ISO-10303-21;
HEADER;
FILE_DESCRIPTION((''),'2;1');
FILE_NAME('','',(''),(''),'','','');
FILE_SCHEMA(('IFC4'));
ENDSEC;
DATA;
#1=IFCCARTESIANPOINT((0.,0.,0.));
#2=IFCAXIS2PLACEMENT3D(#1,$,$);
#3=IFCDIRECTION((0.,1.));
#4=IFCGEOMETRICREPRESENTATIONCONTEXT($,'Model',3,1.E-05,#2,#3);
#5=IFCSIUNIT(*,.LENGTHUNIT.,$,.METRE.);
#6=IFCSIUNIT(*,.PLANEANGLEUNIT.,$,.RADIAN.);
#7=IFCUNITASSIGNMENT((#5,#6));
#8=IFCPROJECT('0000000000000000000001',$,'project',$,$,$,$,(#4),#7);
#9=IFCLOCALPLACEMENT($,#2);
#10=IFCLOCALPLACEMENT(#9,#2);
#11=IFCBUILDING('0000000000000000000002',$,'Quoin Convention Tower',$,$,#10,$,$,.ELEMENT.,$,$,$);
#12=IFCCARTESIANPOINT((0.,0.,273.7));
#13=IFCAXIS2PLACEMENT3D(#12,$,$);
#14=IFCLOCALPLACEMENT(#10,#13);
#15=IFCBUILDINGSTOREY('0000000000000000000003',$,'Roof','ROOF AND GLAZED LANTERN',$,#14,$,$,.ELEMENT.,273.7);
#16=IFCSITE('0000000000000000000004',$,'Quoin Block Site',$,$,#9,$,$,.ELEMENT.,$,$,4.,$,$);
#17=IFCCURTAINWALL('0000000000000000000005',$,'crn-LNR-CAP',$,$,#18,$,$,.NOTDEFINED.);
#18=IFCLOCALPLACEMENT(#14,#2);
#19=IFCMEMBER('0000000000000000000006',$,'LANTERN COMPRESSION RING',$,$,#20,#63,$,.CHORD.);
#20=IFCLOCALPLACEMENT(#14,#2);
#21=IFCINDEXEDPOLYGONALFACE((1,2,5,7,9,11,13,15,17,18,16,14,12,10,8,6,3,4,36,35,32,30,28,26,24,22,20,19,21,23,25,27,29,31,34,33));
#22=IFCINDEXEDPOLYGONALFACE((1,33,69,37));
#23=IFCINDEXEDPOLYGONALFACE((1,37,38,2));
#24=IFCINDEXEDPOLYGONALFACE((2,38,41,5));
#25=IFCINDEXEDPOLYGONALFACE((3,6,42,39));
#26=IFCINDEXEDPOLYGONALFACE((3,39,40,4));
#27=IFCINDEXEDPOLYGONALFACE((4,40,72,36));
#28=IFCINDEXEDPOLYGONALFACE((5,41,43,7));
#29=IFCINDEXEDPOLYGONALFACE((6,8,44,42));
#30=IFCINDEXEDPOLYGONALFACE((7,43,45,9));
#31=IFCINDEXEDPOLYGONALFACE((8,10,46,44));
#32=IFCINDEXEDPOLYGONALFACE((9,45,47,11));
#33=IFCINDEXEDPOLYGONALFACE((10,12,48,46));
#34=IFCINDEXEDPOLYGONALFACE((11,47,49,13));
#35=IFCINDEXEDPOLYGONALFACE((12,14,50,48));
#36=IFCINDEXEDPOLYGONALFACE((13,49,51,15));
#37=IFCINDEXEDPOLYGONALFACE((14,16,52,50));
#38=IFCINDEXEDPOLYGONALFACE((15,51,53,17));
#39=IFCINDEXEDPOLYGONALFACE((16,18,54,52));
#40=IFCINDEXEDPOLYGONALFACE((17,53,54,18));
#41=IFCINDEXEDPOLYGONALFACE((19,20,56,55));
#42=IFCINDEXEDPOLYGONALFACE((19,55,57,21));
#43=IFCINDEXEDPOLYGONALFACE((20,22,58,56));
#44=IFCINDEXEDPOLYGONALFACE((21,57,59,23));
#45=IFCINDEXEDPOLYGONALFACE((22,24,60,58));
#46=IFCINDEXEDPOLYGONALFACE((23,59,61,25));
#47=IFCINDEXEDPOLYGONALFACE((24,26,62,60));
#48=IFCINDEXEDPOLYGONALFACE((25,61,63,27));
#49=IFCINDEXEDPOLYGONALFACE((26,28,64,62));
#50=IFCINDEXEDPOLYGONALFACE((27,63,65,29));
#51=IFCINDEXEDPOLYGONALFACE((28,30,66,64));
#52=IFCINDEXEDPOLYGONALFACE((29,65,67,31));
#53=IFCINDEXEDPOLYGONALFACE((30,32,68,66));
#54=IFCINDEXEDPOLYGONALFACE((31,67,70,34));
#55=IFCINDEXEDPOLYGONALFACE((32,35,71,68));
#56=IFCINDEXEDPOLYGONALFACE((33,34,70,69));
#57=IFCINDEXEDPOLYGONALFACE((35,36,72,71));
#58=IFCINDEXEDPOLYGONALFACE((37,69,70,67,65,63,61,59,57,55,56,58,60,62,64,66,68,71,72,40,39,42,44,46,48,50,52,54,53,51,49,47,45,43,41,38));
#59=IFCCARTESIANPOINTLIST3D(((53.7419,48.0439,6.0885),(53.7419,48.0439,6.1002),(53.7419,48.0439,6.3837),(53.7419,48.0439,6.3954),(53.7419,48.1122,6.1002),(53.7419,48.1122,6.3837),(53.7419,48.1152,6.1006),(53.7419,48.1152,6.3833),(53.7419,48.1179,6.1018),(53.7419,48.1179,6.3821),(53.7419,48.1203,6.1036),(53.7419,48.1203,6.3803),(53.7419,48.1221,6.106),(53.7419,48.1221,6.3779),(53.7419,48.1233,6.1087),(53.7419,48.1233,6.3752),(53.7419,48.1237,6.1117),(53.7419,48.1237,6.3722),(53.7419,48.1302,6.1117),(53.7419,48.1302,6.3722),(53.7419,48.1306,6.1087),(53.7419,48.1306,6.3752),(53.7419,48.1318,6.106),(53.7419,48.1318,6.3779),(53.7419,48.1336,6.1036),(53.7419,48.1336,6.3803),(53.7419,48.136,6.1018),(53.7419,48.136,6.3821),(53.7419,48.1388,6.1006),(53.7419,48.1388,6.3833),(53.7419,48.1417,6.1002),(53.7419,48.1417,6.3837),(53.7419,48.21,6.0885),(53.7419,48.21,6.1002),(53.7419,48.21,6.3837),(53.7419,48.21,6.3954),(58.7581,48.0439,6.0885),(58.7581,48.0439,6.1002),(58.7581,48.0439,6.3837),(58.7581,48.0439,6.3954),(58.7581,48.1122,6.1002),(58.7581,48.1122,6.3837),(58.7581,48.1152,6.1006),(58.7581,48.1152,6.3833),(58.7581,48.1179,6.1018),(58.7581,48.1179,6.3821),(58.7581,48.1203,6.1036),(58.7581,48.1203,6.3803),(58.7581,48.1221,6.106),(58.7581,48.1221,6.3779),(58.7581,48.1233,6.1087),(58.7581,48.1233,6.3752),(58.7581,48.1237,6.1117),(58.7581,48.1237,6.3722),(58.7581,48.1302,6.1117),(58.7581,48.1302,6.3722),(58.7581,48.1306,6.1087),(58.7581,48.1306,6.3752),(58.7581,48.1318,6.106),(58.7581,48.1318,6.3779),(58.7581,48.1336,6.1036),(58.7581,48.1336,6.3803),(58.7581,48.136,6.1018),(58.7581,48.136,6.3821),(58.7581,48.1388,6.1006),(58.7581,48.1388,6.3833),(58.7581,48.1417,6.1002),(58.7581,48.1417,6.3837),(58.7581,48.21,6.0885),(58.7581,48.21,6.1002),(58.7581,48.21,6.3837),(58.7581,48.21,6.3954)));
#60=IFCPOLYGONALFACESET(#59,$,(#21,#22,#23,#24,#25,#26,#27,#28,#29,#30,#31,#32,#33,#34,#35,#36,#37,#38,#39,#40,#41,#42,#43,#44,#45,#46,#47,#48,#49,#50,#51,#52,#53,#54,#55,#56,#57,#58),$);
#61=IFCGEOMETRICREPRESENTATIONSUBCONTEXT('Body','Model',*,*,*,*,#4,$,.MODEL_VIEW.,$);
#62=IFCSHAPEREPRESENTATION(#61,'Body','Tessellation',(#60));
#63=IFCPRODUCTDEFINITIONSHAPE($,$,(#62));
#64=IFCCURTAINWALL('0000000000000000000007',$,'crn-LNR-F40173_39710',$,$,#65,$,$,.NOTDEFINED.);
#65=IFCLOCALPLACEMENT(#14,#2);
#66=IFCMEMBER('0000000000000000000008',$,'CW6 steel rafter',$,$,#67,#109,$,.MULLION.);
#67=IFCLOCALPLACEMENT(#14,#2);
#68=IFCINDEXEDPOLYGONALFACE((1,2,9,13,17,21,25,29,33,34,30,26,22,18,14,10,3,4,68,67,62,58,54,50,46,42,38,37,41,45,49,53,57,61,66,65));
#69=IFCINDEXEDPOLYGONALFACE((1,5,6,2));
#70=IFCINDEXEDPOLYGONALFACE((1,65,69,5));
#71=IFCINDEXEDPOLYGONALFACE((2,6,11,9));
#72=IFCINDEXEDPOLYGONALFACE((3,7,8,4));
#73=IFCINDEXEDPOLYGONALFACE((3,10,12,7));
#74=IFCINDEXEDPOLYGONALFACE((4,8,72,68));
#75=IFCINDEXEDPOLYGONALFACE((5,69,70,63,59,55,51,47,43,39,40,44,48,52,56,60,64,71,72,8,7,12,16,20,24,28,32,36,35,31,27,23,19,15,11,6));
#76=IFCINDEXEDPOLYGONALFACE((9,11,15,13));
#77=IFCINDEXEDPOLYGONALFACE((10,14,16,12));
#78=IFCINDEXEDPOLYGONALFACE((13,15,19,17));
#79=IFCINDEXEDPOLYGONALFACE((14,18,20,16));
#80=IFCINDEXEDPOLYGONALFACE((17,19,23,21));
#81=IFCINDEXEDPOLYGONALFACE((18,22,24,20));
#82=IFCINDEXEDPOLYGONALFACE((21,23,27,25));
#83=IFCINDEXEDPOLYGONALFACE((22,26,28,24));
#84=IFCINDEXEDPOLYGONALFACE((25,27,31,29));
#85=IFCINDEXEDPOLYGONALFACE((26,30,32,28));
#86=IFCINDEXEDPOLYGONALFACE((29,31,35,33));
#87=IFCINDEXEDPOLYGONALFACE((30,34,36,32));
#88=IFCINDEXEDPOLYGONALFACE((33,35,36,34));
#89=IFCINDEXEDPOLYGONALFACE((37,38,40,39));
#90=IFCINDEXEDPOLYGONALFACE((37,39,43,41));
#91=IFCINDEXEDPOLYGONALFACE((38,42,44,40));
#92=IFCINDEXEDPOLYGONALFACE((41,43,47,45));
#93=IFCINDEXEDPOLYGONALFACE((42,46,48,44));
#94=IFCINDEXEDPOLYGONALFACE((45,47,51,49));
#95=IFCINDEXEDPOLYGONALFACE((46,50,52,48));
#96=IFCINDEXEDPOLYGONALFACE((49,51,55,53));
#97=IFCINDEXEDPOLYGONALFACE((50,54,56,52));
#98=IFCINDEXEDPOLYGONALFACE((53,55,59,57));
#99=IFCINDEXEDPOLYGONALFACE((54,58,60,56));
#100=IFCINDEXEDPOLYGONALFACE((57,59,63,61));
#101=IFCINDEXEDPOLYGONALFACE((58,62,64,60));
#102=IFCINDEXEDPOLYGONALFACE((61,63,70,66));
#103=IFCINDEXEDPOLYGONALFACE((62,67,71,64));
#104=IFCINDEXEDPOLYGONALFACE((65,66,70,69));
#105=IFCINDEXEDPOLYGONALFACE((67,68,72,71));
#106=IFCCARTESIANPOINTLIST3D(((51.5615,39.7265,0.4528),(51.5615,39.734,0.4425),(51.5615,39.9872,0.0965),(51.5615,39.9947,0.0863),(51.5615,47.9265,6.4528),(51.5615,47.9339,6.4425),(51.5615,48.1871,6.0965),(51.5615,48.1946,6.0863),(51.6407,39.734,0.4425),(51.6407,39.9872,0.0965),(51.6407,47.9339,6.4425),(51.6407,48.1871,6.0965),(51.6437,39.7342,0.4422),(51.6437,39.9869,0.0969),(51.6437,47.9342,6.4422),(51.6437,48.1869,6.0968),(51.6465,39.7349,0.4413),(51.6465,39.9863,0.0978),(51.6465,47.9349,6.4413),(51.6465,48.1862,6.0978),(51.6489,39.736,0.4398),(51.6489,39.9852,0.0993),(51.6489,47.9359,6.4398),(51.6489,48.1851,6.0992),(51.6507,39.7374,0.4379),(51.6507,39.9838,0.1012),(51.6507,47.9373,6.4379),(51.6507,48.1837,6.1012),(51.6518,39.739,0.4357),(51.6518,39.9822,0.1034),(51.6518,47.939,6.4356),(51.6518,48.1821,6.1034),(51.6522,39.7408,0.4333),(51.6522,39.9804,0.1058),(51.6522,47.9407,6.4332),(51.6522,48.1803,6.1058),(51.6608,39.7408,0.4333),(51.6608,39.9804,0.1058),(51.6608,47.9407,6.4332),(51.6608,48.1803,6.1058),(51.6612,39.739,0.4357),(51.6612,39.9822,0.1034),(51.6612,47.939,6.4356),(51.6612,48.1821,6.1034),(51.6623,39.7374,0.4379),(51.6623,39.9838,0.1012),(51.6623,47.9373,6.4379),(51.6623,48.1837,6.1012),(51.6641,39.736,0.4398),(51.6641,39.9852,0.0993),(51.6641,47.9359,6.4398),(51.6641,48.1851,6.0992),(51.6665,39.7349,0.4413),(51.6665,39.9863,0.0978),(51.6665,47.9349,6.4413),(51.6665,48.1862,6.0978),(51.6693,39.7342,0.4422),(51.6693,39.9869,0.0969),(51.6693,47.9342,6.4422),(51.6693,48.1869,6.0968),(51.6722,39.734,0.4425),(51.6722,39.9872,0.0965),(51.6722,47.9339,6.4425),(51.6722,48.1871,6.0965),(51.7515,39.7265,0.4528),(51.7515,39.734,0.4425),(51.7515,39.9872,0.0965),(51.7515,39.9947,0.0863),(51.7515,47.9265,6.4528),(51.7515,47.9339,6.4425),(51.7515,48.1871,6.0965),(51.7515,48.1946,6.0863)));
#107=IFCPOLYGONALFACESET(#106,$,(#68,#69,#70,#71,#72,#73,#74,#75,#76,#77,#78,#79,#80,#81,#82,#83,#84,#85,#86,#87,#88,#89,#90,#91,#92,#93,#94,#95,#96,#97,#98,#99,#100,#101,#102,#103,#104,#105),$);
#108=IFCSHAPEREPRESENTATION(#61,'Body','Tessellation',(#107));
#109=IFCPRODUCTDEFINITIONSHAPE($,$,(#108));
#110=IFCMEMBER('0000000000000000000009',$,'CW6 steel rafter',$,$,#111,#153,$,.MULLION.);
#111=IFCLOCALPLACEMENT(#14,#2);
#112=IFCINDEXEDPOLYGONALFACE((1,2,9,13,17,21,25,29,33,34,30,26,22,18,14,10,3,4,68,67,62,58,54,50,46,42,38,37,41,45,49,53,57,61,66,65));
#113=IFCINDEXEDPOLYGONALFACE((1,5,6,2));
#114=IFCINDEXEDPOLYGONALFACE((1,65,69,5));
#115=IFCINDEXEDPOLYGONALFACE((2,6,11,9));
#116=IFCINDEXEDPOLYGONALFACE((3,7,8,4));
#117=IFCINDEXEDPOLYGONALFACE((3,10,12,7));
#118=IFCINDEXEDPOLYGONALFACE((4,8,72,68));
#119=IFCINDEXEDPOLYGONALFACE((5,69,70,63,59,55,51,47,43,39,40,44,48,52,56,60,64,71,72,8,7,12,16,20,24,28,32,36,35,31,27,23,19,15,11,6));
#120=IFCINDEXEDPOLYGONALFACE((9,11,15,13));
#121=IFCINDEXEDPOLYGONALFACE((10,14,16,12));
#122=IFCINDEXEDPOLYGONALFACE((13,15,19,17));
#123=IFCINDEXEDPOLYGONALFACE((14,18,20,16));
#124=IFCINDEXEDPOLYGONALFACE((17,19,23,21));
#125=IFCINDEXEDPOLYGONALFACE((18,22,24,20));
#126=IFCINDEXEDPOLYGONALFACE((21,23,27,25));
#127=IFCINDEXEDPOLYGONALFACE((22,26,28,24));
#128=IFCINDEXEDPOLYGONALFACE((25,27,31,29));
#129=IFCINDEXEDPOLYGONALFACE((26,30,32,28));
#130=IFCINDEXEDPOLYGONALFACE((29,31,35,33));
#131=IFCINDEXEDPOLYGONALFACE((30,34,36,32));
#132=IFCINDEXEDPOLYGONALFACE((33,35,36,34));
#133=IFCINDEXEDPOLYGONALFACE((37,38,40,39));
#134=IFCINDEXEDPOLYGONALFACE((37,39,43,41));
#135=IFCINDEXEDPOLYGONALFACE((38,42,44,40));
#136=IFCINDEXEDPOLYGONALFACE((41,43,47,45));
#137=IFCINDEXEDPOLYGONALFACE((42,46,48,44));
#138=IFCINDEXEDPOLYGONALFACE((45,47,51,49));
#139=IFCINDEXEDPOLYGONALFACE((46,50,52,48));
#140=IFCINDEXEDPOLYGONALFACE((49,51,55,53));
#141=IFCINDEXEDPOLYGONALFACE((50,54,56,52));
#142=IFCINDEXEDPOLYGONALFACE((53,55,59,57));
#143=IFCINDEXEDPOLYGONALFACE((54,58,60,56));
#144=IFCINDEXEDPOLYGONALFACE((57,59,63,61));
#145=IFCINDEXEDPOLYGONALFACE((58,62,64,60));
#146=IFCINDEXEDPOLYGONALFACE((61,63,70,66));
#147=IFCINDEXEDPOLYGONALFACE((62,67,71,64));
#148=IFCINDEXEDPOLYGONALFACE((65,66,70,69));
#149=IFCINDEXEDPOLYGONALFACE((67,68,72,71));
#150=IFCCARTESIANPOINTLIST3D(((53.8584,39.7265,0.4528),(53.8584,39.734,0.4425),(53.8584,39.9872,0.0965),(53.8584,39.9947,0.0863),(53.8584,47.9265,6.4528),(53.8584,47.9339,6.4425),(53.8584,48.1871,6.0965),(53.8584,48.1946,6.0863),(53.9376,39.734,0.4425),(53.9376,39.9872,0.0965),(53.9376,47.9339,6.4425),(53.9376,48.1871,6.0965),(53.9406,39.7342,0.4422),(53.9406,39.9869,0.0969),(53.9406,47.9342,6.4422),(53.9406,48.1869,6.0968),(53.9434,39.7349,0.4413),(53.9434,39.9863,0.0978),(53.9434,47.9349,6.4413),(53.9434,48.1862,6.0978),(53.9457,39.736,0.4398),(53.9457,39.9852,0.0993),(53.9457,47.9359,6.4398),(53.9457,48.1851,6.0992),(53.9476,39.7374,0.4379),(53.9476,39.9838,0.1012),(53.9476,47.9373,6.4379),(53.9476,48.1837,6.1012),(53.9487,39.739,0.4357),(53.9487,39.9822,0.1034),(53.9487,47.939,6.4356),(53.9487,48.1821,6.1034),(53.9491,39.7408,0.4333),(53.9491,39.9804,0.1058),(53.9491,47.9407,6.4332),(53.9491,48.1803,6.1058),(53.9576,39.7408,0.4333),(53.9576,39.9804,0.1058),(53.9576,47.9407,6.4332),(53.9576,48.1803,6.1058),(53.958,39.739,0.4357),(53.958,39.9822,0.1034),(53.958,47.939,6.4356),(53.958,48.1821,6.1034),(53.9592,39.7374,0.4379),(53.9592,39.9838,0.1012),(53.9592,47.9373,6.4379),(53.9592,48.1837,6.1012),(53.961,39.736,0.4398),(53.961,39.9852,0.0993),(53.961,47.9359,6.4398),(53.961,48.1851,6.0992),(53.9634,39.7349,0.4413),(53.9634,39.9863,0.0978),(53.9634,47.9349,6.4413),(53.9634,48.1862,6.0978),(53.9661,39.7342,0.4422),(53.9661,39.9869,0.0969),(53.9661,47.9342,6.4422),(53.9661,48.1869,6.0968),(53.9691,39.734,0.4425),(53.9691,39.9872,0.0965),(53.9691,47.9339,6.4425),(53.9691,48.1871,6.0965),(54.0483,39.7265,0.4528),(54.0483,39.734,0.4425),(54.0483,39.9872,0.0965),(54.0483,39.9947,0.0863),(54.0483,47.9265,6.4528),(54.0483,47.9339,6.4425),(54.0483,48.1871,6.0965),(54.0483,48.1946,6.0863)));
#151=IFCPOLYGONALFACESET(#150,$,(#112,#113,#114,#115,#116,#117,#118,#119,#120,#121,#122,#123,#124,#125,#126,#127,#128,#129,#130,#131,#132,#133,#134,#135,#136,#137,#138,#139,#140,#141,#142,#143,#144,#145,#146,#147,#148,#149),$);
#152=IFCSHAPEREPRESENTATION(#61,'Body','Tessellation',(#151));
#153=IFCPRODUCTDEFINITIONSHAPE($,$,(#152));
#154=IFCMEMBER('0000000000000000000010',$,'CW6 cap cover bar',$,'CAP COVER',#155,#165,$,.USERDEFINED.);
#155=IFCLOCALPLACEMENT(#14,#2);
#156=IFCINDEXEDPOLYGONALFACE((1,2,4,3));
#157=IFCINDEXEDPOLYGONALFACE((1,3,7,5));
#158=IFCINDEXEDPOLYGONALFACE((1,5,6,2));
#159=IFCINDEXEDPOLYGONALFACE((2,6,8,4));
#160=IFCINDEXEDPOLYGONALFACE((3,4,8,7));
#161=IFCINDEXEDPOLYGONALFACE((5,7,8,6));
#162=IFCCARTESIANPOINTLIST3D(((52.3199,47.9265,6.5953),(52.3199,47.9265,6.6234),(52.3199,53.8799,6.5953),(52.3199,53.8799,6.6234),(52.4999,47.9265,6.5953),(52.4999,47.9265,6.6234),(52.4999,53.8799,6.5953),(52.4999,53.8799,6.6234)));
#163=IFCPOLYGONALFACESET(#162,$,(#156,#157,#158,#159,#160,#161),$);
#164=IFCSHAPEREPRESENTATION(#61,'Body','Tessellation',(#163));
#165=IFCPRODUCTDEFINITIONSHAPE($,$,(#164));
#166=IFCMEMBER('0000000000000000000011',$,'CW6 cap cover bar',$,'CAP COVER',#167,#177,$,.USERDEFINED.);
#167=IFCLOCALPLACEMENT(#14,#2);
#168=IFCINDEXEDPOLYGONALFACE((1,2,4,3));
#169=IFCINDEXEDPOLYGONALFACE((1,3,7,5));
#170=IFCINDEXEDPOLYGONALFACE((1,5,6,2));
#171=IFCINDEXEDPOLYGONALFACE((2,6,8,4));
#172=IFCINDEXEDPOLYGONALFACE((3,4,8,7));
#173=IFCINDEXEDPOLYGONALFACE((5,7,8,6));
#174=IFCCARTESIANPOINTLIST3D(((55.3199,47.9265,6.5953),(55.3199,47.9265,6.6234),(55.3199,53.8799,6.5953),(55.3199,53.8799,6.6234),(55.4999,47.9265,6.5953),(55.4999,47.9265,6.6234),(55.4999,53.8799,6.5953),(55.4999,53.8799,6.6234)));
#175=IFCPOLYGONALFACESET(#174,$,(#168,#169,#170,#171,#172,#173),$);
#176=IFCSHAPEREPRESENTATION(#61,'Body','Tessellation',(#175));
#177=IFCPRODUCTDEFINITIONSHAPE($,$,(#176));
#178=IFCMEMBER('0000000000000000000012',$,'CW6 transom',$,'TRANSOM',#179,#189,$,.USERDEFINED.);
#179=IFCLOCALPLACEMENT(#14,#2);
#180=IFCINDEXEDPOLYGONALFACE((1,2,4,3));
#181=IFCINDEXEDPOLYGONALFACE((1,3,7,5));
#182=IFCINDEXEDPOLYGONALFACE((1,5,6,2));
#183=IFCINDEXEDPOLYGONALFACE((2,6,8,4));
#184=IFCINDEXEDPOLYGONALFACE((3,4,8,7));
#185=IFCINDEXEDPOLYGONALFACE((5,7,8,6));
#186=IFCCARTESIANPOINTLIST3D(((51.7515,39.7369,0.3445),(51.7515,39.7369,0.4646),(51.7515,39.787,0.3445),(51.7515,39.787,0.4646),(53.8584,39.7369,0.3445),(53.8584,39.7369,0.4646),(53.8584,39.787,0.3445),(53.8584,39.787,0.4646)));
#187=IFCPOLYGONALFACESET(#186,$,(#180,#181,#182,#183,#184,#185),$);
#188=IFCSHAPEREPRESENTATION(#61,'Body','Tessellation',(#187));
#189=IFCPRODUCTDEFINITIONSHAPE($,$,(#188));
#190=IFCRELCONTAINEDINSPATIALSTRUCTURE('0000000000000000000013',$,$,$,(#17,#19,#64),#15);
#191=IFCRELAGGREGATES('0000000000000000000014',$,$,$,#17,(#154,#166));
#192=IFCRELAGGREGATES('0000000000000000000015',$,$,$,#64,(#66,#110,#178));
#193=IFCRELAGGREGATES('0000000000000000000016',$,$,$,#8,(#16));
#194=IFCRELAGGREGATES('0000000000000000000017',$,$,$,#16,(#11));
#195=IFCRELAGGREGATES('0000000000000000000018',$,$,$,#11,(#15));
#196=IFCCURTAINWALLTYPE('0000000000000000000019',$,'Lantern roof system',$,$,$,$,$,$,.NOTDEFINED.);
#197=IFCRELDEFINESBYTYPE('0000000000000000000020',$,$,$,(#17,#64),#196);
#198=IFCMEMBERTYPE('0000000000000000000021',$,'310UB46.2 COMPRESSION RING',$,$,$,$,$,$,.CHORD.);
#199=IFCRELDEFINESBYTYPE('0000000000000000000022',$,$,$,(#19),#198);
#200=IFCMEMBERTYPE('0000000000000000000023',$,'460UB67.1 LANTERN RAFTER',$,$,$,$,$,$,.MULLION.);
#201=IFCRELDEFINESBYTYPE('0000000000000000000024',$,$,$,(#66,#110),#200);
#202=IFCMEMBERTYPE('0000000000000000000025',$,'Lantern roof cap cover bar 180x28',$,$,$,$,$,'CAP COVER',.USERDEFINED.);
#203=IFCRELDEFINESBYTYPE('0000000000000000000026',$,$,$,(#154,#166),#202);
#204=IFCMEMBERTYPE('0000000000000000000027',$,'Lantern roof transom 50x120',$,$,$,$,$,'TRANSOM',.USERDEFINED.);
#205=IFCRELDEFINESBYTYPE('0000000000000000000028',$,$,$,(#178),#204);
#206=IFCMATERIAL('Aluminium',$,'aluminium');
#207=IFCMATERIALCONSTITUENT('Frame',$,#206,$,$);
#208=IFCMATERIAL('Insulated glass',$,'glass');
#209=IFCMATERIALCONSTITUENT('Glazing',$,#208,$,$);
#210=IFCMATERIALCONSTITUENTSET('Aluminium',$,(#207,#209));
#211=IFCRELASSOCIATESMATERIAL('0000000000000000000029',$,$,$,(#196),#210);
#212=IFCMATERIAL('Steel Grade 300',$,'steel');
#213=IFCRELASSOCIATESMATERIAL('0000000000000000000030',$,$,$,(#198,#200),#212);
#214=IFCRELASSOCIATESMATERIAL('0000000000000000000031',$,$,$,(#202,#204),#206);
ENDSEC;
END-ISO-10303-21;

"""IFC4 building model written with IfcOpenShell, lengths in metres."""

from ifc_helpers import new_model, si_unit, direction, frame, origin, origin_2d, place, context, subcontext, project, spatial, rectangle, i_section, extrude, material, constituent, constituent_set, material_profile, profile_set, type_object, element, aggregate, save


model = new_model("IFC4")

# Units and contexts
model_context = context("Model", 3, precision=1e-05, world=origin(), true_north=direction((0.0, 1.0)))
body_context = subcontext(model_context, "Body", "Model", "MODEL_VIEW")
ifc_project = project(units=[si_unit("LENGTHUNIT", "METRE"), si_unit("PLANEANGLEUNIT", "RADIAN")], contexts=[model_context])

# Site, building, storey
site_placement = place(None, origin())
site = spatial("IfcSite", under=ifc_project, at=site_placement, Name="Quoin Block Site", CompositionType="ELEMENT", RefElevation=4.0)
building_placement = place(site_placement, origin())
building = spatial("IfcBuilding", under=site, at=building_placement, Name="Quoin Convention Tower", CompositionType="ELEMENT")
storey_placement = place(building_placement, frame((0.0, 0.0, 273.7)))
storey = spatial("IfcBuildingStorey", under=building, at=storey_placement, Name="Roof", Description="ROOF AND GLAZED LANTERN", CompositionType="ELEMENT", Elevation=273.7)

# Curtain wall
ifc_material_1 = material(Name="Aluminium", Category="aluminium")
ifc_constituent_1 = constituent(ifc_material_1, Name="Frame")
ifc_material_2 = material(Name="Insulated glass", Category="glass")
ifc_constituent_2 = constituent(ifc_material_2, Name="Glazing")
ifc_constituent_set = constituent_set(constituents=[ifc_constituent_1, ifc_constituent_2], Name="Aluminium")
curtain_wall_type = type_object("IfcCurtainWallType", Name="Lantern roof system", PredefinedType="NOTDEFINED", material=ifc_constituent_set)
curtain_wall_1_placement = place(storey_placement, origin())
curtain_wall_1 = element("IfcCurtainWall", 1, at=curtain_wall_1_placement, inside=storey, type_object=curtain_wall_type, Name="crn-LNR-CAP", PredefinedType="NOTDEFINED")

# Member
ifc_material_3 = material(Name="Steel Grade 300", Category="steel")
ifc_material_profile_1 = material_profile(ifc_material_3, i_section(OverallWidth=0.166, OverallDepth=0.3069, WebThickness=0.0066, FlangeThickness=0.0117, FilletRadius=0.0115, at=origin_2d()), Name="310UB46.2")
ifc_profile_set_1 = profile_set([ifc_material_profile_1], Name="Steel Grade 300")
member_type_1 = type_object("IfcMemberType", Name="310UB46.2 COMPRESSION RING", PredefinedType="CHORD", material=ifc_profile_set_1)
member_1_placement = place(storey_placement, frame((53.7419, 48.127, 6.2419), z_axis=(1.0, 0.0, 0.0), x_axis=(0.0, 1.0, 0.0)))
element("IfcMember", 2, at=member_1_placement, inside=storey, type_object=member_type_1, Name="LANTERN COMPRESSION RING", PredefinedType="CHORD", context=body_context, shape_type="SweptSolid", body=[
    extrude(i_section(OverallWidth=0.166, OverallDepth=0.3069, WebThickness=0.0066, FlangeThickness=0.0117, FilletRadius=0.0115, at=origin_2d()), origin(), (0.0, 0.0, 1.0), 5.0161),
])

# Curtain wall, members
curtain_wall_2_placement = place(storey_placement, origin())
curtain_wall_2 = element("IfcCurtainWall", 3, at=curtain_wall_2_placement, inside=storey, type_object=curtain_wall_type, Name="crn-LNR-F40173_39710", PredefinedType="NOTDEFINED")
ifc_material_profile_2 = material_profile(ifc_material_3, i_section(OverallWidth=0.1899, OverallDepth=0.4541, WebThickness=0.0085, FlangeThickness=0.0127, FilletRadius=0.0115, at=origin_2d()), Name="460UB67.1")
ifc_profile_set_2 = profile_set([ifc_material_profile_2], Name="Steel Grade 300")
member_type_2 = type_object("IfcMemberType", Name="460UB67.1 LANTERN RAFTER", PredefinedType="MULLION", material=ifc_profile_set_2)
member_2_placement = place(storey_placement, frame((51.6565, 39.8606, 0.2695), z_axis=(0.0, 0.807029, 0.590512), x_axis=(-1.0, 0.0, 0.0)))
member_2 = element("IfcMember", 4, at=member_2_placement, type_object=member_type_2, Name="CW6 steel rafter", PredefinedType="MULLION", context=body_context, shape_type="SweptSolid", body=[
    extrude(i_section(OverallWidth=0.1899, OverallDepth=0.4541, WebThickness=0.0085, FlangeThickness=0.0127, FilletRadius=0.0115, at=origin_2d()), origin(), (0.0, 0.0, 1.0), 10.1606),
])
member_3_placement = place(storey_placement, frame((53.9534, 39.8606, 0.2695), z_axis=(0.0, 0.807029, 0.590512), x_axis=(-1.0, 0.0, 0.0)))
member_3 = element("IfcMember", 5, at=member_3_placement, type_object=member_type_2, Name="CW6 steel rafter", PredefinedType="MULLION", context=body_context, shape_type="SweptSolid", body=[
    extrude(i_section(OverallWidth=0.1899, OverallDepth=0.4541, WebThickness=0.0085, FlangeThickness=0.0127, FilletRadius=0.0115, at=origin_2d()), origin(), (0.0, 0.0, 1.0), 10.1606),
])

# Members
ifc_material_profile_3 = material_profile(ifc_material_1, rectangle(XDim=0.0281, YDim=0.1799, at=origin_2d()), Name="Lantern roof cap cover bar 180x28")
ifc_profile_set_3 = profile_set([ifc_material_profile_3], Name="Aluminium")
member_type_3 = type_object("IfcMemberType", Name="Lantern roof cap cover bar 180x28", ElementType="CAP COVER", PredefinedType="USERDEFINED", material=ifc_profile_set_3)
member_4_placement = place(storey_placement, frame((52.4099, 47.9265, 6.6094), z_axis=(0.0, 1.0, 0.0), x_axis=(0.0, 0.0, 1.0)))
member_4 = element("IfcMember", 6, at=member_4_placement, type_object=member_type_3, Name="CW6 cap cover bar", ObjectType="CAP COVER", PredefinedType="USERDEFINED", context=body_context, shape_type="SweptSolid", body=[
    extrude(rectangle(XDim=0.0281, YDim=0.1799, at=origin_2d()), origin(), (0.0, 0.0, 1.0), 5.9534),
])
member_5_placement = place(storey_placement, frame((55.4099, 47.9265, 6.6094), z_axis=(0.0, 1.0, 0.0), x_axis=(0.0, 0.0, 1.0)))
member_5 = element("IfcMember", 7, at=member_5_placement, type_object=member_type_3, Name="CW6 cap cover bar", ObjectType="CAP COVER", PredefinedType="USERDEFINED", context=body_context, shape_type="SweptSolid", body=[
    extrude(rectangle(XDim=0.0281, YDim=0.1799, at=origin_2d()), origin(), (0.0, 0.0, 1.0), 5.9534),
])
aggregate(curtain_wall_1, [member_4, member_5])
ifc_material_profile_4 = material_profile(ifc_material_1, rectangle(XDim=0.1201, YDim=0.05, at=origin_2d()), Name="Lantern roof transom 50x120")
ifc_profile_set_4 = profile_set([ifc_material_profile_4], Name="Aluminium")
member_type_4 = type_object("IfcMemberType", Name="Lantern roof transom 50x120", ElementType="TRANSOM", PredefinedType="USERDEFINED", material=ifc_profile_set_4)
member_6_placement = place(storey_placement, frame((51.7515, 39.762, 0.4045), z_axis=(1.0, 0.0, 0.0), x_axis=(0.0, 0.0, 1.0)))
member_6 = element("IfcMember", 8, at=member_6_placement, type_object=member_type_4, Name="CW6 transom", ObjectType="TRANSOM", PredefinedType="USERDEFINED", context=body_context, shape_type="SweptSolid", body=[
    extrude(rectangle(XDim=0.1201, YDim=0.05, at=origin_2d()), origin(), (0.0, 0.0, 1.0), 2.1069),
])

aggregate(curtain_wall_2, [member_2, member_3, member_6])

save(model, "model.ifc")
